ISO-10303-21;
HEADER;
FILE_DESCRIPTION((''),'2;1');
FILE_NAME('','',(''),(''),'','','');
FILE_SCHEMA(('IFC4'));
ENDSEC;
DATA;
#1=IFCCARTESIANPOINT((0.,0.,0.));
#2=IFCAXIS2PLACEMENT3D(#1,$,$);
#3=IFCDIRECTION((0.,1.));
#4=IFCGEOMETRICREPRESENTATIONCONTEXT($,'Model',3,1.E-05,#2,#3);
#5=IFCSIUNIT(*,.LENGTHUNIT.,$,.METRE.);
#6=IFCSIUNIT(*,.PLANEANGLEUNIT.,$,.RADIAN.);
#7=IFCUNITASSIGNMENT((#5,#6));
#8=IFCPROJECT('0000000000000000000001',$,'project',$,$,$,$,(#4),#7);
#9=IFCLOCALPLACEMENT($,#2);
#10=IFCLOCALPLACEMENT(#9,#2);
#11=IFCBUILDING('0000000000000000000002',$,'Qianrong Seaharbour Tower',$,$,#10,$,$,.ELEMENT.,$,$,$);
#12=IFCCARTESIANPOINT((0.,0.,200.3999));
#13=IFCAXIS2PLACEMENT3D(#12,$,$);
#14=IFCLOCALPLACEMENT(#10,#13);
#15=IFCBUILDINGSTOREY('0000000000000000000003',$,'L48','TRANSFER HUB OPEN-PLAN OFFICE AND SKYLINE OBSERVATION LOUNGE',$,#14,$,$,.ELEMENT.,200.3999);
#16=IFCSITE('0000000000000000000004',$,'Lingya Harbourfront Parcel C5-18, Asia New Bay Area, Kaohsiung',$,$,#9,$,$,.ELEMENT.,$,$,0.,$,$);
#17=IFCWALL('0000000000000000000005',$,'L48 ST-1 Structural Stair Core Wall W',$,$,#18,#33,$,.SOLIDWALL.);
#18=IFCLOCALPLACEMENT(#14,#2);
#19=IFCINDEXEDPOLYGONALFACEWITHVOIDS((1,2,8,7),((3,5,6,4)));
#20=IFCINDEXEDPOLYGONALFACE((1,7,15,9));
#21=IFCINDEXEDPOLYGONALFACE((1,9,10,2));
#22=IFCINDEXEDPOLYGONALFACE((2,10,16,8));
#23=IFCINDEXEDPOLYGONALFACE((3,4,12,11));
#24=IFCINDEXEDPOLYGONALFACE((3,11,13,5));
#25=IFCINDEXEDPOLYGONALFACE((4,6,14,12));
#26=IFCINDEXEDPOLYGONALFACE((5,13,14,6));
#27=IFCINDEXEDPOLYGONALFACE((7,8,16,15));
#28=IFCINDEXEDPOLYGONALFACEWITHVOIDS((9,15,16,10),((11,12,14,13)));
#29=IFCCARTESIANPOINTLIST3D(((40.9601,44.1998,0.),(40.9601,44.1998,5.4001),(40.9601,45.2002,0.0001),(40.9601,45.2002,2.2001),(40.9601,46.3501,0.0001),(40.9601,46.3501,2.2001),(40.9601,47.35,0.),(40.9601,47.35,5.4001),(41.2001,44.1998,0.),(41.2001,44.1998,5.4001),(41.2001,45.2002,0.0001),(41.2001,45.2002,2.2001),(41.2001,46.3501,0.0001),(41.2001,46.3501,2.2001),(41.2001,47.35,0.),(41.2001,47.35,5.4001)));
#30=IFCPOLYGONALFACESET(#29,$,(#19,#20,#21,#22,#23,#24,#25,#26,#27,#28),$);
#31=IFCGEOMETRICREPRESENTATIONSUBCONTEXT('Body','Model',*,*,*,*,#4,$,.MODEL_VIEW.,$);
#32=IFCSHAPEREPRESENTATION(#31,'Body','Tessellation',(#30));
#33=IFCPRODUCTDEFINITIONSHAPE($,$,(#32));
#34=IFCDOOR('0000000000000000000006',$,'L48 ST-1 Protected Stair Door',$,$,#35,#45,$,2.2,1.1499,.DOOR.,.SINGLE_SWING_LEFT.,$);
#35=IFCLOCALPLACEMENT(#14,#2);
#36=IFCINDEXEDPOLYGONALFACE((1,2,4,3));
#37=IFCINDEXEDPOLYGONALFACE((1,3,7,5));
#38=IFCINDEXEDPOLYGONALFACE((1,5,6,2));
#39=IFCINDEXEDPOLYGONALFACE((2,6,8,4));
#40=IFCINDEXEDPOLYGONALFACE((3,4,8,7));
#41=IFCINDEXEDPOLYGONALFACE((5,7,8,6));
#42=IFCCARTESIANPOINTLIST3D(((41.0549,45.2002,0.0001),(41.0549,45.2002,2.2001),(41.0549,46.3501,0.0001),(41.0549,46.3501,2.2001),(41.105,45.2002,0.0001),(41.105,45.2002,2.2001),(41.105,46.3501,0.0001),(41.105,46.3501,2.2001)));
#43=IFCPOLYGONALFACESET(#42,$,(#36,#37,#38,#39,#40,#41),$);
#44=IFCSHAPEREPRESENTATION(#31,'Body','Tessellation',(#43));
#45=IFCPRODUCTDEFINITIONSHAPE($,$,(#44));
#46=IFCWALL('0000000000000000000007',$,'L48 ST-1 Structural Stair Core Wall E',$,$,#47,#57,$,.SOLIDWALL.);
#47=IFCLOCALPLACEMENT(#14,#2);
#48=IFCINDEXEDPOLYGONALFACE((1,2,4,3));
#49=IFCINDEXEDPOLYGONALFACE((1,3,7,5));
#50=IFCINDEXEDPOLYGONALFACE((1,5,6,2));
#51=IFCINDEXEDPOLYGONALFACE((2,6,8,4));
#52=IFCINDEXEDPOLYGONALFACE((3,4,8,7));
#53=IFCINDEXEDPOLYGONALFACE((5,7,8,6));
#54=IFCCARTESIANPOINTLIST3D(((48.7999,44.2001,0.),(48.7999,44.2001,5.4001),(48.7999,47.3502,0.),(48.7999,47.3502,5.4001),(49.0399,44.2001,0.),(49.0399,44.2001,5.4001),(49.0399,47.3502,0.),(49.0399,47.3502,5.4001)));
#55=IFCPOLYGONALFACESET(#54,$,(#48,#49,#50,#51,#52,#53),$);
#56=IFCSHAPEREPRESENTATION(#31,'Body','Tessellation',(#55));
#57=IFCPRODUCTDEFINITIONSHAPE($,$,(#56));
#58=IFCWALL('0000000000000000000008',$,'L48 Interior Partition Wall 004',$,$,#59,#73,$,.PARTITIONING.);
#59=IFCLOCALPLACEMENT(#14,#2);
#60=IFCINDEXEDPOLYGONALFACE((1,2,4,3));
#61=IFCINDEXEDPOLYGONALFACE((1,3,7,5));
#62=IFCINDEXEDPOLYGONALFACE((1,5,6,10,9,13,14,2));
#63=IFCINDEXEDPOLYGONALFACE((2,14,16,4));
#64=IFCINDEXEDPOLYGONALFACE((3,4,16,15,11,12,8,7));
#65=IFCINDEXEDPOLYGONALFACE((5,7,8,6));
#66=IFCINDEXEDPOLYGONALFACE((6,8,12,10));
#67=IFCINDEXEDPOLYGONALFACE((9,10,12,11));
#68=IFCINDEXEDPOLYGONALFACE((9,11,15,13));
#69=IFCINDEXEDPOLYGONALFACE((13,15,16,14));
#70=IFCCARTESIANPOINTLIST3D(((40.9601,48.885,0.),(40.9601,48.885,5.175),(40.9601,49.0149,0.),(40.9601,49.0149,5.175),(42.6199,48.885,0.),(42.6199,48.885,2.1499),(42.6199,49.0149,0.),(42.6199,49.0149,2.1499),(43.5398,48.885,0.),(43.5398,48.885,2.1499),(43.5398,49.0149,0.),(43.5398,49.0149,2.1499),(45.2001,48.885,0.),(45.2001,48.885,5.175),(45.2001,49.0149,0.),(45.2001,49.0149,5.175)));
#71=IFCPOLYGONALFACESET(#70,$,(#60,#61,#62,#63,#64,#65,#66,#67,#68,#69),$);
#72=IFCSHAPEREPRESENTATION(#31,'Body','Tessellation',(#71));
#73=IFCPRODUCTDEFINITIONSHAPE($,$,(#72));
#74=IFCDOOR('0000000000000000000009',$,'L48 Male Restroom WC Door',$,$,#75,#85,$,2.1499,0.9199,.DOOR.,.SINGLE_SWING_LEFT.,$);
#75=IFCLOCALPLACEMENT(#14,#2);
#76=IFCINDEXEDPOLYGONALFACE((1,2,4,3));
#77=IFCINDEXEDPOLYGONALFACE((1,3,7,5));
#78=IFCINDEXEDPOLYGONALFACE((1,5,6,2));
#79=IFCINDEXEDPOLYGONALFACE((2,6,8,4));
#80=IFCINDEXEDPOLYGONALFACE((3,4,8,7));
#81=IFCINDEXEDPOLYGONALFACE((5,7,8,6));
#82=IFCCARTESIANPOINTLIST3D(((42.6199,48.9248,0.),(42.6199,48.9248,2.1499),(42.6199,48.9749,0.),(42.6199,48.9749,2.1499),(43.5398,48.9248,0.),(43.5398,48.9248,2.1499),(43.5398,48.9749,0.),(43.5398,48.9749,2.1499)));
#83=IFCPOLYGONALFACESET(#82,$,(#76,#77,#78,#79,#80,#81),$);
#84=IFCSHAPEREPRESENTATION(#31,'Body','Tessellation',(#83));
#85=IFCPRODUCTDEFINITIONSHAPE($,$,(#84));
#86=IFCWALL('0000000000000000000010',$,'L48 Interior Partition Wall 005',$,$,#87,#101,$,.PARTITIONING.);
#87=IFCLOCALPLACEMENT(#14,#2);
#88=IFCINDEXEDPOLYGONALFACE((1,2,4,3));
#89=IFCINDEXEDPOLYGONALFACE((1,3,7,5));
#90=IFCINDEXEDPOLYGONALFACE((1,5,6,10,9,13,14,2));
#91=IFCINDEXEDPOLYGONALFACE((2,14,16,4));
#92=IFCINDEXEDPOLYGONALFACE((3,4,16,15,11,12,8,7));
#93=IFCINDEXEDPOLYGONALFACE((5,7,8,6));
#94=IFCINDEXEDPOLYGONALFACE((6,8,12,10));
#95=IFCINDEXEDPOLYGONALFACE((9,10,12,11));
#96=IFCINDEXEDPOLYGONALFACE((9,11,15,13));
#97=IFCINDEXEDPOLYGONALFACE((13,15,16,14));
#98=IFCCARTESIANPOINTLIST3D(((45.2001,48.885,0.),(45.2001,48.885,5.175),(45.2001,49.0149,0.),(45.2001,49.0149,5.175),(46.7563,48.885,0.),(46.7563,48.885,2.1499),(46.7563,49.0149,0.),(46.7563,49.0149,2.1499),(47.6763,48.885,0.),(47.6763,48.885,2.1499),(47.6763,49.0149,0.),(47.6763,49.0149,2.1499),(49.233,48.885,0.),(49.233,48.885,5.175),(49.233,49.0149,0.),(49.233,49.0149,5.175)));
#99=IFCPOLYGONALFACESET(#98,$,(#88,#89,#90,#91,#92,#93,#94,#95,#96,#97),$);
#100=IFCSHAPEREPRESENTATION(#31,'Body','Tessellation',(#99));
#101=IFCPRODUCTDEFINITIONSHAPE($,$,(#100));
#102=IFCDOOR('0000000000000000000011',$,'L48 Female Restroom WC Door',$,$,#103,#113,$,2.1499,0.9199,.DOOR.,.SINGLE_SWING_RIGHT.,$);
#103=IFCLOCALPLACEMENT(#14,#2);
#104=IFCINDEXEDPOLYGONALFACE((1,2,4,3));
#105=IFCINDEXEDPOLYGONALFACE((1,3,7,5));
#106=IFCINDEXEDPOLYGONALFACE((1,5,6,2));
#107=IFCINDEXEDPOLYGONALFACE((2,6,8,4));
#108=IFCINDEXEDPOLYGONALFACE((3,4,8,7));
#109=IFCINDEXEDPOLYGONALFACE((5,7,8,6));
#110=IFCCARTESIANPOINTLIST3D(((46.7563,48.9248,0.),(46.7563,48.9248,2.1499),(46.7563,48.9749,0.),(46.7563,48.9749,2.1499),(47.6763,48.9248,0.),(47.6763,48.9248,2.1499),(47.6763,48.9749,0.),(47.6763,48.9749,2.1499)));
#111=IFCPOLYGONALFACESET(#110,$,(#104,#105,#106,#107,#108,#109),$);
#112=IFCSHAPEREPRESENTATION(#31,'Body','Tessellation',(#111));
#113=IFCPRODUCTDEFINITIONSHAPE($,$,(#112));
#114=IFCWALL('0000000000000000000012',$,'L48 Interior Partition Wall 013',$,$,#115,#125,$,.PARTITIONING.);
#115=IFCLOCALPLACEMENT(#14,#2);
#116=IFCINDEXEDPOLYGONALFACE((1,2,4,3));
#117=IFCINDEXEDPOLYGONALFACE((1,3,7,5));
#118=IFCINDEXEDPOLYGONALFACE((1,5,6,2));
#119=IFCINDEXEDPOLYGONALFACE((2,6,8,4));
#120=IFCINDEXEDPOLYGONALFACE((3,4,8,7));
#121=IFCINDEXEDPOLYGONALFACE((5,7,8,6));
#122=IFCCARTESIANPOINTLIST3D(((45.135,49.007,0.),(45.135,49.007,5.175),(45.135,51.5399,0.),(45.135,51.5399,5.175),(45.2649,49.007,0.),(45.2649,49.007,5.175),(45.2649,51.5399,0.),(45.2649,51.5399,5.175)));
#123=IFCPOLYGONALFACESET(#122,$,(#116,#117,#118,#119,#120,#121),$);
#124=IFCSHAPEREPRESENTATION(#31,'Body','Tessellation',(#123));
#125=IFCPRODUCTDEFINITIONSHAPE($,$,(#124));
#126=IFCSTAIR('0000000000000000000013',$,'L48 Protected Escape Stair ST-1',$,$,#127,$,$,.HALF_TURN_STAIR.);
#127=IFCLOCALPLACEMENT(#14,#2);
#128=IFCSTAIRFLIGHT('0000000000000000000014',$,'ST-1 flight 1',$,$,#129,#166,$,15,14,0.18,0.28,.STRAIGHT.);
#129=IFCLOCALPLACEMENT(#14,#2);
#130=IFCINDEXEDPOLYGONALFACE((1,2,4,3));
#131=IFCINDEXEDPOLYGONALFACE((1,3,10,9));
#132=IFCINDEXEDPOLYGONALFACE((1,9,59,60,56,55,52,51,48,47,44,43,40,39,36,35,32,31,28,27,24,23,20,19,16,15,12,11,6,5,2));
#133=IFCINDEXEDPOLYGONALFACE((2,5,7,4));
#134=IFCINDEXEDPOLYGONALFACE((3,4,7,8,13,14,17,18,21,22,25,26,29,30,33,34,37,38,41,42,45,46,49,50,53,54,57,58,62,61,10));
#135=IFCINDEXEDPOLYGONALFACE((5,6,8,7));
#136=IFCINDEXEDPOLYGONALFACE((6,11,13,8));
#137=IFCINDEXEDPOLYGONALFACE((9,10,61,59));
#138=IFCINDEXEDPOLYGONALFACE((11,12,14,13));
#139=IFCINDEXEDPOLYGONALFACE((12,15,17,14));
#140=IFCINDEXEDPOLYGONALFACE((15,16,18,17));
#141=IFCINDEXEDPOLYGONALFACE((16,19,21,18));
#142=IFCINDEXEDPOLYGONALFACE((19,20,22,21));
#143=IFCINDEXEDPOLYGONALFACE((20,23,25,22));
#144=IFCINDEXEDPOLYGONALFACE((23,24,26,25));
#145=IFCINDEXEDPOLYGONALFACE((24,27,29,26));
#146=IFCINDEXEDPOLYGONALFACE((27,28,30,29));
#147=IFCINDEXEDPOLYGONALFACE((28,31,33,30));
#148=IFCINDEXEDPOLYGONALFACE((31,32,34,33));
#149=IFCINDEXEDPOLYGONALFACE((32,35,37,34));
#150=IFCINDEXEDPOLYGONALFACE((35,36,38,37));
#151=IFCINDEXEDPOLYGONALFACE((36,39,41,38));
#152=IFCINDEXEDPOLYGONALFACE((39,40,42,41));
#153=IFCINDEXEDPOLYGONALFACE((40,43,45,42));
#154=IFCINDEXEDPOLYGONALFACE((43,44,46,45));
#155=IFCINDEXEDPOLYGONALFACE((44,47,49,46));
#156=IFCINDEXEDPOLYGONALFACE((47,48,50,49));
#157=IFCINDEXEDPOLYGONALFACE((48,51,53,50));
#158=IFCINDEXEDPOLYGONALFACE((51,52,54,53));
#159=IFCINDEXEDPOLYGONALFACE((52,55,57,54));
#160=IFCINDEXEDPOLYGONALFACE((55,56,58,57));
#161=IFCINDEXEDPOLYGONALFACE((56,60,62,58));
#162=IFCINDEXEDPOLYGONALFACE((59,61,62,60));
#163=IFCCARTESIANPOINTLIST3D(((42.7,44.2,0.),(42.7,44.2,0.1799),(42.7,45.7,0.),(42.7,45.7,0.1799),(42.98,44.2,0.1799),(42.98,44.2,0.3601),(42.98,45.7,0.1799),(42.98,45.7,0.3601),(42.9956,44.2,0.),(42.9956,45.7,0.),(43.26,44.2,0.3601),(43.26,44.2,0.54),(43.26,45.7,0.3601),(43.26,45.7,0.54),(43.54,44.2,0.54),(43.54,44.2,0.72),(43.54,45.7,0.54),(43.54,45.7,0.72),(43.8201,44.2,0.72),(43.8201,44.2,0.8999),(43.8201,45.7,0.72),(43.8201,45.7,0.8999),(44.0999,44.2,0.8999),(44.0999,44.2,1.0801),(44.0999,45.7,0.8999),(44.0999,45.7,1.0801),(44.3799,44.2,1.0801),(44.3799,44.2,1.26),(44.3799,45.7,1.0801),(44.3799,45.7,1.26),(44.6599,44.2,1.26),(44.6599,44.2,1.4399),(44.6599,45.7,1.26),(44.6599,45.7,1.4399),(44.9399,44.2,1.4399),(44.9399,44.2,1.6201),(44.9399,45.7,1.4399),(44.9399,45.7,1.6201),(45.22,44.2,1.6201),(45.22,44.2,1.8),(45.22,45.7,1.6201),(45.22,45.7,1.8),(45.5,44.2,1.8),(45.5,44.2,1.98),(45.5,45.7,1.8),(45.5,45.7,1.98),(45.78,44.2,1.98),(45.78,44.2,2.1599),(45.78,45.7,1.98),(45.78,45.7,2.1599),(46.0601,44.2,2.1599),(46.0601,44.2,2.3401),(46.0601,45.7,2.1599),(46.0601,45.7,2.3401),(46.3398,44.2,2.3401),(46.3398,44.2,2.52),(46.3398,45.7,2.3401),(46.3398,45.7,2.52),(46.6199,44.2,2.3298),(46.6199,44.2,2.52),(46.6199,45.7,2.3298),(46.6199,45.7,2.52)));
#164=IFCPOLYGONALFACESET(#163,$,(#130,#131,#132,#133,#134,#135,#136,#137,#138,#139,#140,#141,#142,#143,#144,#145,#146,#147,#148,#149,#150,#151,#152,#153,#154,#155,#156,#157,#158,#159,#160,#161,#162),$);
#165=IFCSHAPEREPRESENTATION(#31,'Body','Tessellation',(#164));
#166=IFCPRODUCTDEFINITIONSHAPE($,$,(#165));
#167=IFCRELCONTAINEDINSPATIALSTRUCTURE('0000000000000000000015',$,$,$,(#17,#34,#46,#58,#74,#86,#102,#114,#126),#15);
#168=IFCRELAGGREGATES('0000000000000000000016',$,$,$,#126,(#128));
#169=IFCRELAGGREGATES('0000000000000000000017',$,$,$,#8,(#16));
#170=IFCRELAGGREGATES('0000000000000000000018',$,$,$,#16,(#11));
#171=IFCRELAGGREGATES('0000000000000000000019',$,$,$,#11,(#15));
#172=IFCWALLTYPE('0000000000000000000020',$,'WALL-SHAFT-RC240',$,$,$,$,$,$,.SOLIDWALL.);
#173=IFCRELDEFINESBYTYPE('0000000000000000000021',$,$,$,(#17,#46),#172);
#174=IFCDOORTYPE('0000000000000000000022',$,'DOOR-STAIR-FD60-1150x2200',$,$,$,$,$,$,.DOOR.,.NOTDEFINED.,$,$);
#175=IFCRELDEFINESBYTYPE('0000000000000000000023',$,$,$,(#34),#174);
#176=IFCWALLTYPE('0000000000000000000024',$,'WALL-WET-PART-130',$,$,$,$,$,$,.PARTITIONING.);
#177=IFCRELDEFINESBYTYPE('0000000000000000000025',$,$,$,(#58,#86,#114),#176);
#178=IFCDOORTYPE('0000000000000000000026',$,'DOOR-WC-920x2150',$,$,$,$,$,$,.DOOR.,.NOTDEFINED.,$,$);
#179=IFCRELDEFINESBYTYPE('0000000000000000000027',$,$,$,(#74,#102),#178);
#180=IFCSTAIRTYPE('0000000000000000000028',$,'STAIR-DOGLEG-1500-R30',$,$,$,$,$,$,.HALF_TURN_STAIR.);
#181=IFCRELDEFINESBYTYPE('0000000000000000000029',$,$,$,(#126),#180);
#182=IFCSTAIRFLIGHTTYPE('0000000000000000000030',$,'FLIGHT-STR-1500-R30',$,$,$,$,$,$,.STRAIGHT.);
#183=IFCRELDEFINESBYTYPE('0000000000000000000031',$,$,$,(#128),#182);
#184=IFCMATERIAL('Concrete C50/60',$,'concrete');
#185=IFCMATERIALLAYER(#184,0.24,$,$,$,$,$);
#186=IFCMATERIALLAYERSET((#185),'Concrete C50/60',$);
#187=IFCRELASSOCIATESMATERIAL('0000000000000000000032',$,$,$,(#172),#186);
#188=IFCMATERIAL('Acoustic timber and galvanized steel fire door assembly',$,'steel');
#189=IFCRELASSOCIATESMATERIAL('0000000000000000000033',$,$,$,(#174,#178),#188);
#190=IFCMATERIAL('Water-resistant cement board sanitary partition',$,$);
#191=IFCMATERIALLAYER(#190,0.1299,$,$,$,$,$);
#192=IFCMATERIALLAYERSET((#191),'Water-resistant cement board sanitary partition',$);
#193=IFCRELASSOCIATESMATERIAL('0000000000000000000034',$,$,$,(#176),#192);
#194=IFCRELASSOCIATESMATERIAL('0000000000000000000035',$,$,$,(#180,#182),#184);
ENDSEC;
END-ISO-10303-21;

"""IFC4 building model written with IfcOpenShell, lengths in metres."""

from ifc_helpers import new_model, si_unit, direction, frame, frame_2d, origin, place, context, subcontext, project, spatial, polyline, rectangle, outline, extrude, material, layer, layer_set, type_object, element, fill, aggregate, save


model = new_model("IFC4")

# Units and contexts
model_context = context("Model", 3, precision=1e-05, world=origin(), true_north=direction((0.0, 1.0)))
body_context = subcontext(model_context, "Body", "Model", "MODEL_VIEW")
ifc_project = project(units=[si_unit("LENGTHUNIT", "METRE"), si_unit("PLANEANGLEUNIT", "RADIAN")], contexts=[model_context])

# Site, building, storey
site_placement = place(None, origin())
site = spatial("IfcSite", under=ifc_project, at=site_placement, Name="Lingya Harbourfront Parcel C5-18, Asia New Bay Area, Kaohsiung", CompositionType="ELEMENT", RefElevation=0.0)
building_placement = place(site_placement, origin())
building = spatial("IfcBuilding", under=site, at=building_placement, Name="Qianrong Seaharbour Tower", CompositionType="ELEMENT")
storey_placement = place(building_placement, frame((0.0, 0.0, 200.3999)))
storey = spatial("IfcBuildingStorey", under=building, at=storey_placement, Name="L48", Description="TRANSFER HUB OPEN-PLAN OFFICE AND SKYLINE OBSERVATION LOUNGE", CompositionType="ELEMENT", Elevation=200.3999)

# Shared definitions
ifc_material_1 = material(Name="Concrete C50/60", Category="concrete")

# Shared definitions
ifc_material_2 = material(Name="Acoustic timber and galvanized steel fire door assembly", Category="steel")

# Shared definitions
ifc_layer_1 = layer(ifc_material_1, 0.24)
ifc_layer_set_1 = layer_set([ifc_layer_1], Name="Concrete C50/60")
wall_type_1 = type_object("IfcWallType", Name="WALL-SHAFT-RC240", PredefinedType="SOLIDWALL", material=ifc_layer_set_1)

# Wall, opening, door
wall_1_placement = place(storey_placement, frame((41.0801, 47.3501, 0.0), z_axis=(0.0, 0.0, 1.0), x_axis=(0.0, -1.0, 0.0)))
wall_1 = element("IfcWall", 1, at=wall_1_placement, inside=storey, type_object=wall_type_1, Name="L48 ST-1 Structural Stair Core Wall W", PredefinedType="SOLIDWALL", context=body_context, shape_type="SweptSolid", body=[
    extrude(rectangle(XDim=3.1501, YDim=0.24, at=frame_2d((1.5752, 0.0))), origin(), (0.0, 0.0, 1.0), 5.4001),
])
opening_1_placement = place(wall_1_placement, frame((1.0, 0.0, 0.0)))
opening_1 = element("IfcOpeningElement", 2, at=opening_1_placement, cuts=wall_1, PredefinedType="OPENING", context=body_context, shape_type="SweptSolid", body=[
    extrude(rectangle(XDim=1.1499, YDim=2.2, at=frame_2d((0.575, 1.1001))), frame((0.0, 0.1299, 0.0), z_axis=(0.0, -1.0, 0.0), x_axis=(1.0, 0.0, 0.0)), (0.0, 0.0, 1.0), 0.26),
])
door_type_1 = type_object("IfcDoorType", Name="DOOR-STAIR-FD60-1150x2200", OperationType="NOTDEFINED", PredefinedType="DOOR", material=ifc_material_2)
door_1_placement = place(opening_1_placement, origin())
door_1 = element("IfcDoor", 3, at=door_1_placement, inside=storey, type_object=door_type_1, Name="L48 ST-1 Protected Stair Door", OperationType="SINGLE_SWING_LEFT", OverallHeight=2.2, OverallWidth=1.1499, PredefinedType="DOOR", context=body_context, shape_type="SweptSolid", body=[
    extrude(rectangle(XDim=1.1499, YDim=2.2, at=frame_2d((0.575, 1.1001))), frame((0.0, 0.0249, 0.0), z_axis=(0.0, -1.0, 0.0), x_axis=(1.0, 0.0, 0.0)), (0.0, 0.0, 1.0), 0.05),
])
fill(opening_1, door_1)

# Wall
wall_2_placement = place(storey_placement, frame((48.9199, 44.2, 0.0), z_axis=(0.0, 0.0, 1.0), x_axis=(0.0, 1.0, 0.0)))
element("IfcWall", 4, at=wall_2_placement, inside=storey, type_object=wall_type_1, Name="L48 ST-1 Structural Stair Core Wall E", PredefinedType="SOLIDWALL", context=body_context, shape_type="SweptSolid", body=[
    extrude(rectangle(XDim=3.1501, YDim=0.24, at=frame_2d((1.5752, 0.0))), origin(), (0.0, 0.0, 1.0), 5.4001),
])

# Walls, openings, doors
ifc_material_3 = material(Name="Water-resistant cement board sanitary partition")
ifc_layer_2 = layer(ifc_material_3, 0.1299)
ifc_layer_set_2 = layer_set([ifc_layer_2], Name="Water-resistant cement board sanitary partition")
wall_type_2 = type_object("IfcWallType", Name="WALL-WET-PART-130", PredefinedType="PARTITIONING", material=ifc_layer_set_2)
wall_3_placement = place(storey_placement, frame((40.96, 48.95, 0.0), z_axis=(0.0, 0.0, 1.0), x_axis=(1.0, 0.0, 0.0)))
wall_3 = element("IfcWall", 5, at=wall_3_placement, inside=storey, type_object=wall_type_2, Name="L48 Interior Partition Wall 004", PredefinedType="PARTITIONING", context=body_context, shape_type="SweptSolid", body=[
    extrude(rectangle(XDim=4.24, YDim=0.1299, at=frame_2d((2.1201, 0.0))), origin(), (0.0, 0.0, 1.0), 5.175),
])
opening_2_placement = place(wall_3_placement, frame((1.6599, 0.0, 0.0)))
opening_2 = element("IfcOpeningElement", 6, at=opening_2_placement, cuts=wall_3, PredefinedType="OPENING", context=body_context, shape_type="SweptSolid", body=[
    extrude(rectangle(XDim=0.9199, YDim=2.1499, at=frame_2d((0.46, 1.075))), frame((0.0, 0.075, 0.0), z_axis=(0.0, -1.0, 0.0), x_axis=(1.0, 0.0, 0.0)), (0.0, 0.0, 1.0), 0.1499),
])
door_type_2 = type_object("IfcDoorType", Name="DOOR-WC-920x2150", OperationType="NOTDEFINED", PredefinedType="DOOR", material=ifc_material_2)
door_2_placement = place(opening_2_placement, origin())
door_2 = element("IfcDoor", 7, at=door_2_placement, inside=storey, type_object=door_type_2, Name="L48 Male Restroom WC Door", OperationType="SINGLE_SWING_LEFT", OverallHeight=2.1499, OverallWidth=0.9199, PredefinedType="DOOR", context=body_context, shape_type="SweptSolid", body=[
    extrude(rectangle(XDim=0.9199, YDim=2.1499, at=frame_2d((0.46, 1.075))), frame((0.0, 0.0249, 0.0), z_axis=(0.0, -1.0, 0.0), x_axis=(1.0, 0.0, 0.0)), (0.0, 0.0, 1.0), 0.05),
])
fill(opening_2, door_2)
wall_4_placement = place(storey_placement, frame((45.2, 48.95, 0.0), z_axis=(0.0, 0.0, 1.0), x_axis=(1.0, 0.0, 0.0)))
wall_4 = element("IfcWall", 8, at=wall_4_placement, inside=storey, type_object=wall_type_2, Name="L48 Interior Partition Wall 005", PredefinedType="PARTITIONING", context=body_context, shape_type="SweptSolid", body=[
    extrude(rectangle(XDim=4.033, YDim=0.1299, at=frame_2d((2.0166, 0.0))), origin(), (0.0, 0.0, 1.0), 5.175),
])
opening_3_placement = place(wall_4_placement, frame((1.5564, 0.0, 0.0)))
opening_3 = element("IfcOpeningElement", 9, at=opening_3_placement, cuts=wall_4, PredefinedType="OPENING", context=body_context, shape_type="SweptSolid", body=[
    extrude(rectangle(XDim=0.9199, YDim=2.1499, at=frame_2d((0.46, 1.075))), frame((0.0, 0.075, 0.0), z_axis=(0.0, -1.0, 0.0), x_axis=(1.0, 0.0, 0.0)), (0.0, 0.0, 1.0), 0.1499),
])
door_3_placement = place(opening_3_placement, origin())
door_3 = element("IfcDoor", 10, at=door_3_placement, inside=storey, type_object=door_type_2, Name="L48 Female Restroom WC Door", OperationType="SINGLE_SWING_RIGHT", OverallHeight=2.1499, OverallWidth=0.9199, PredefinedType="DOOR", context=body_context, shape_type="SweptSolid", body=[
    extrude(rectangle(XDim=0.9199, YDim=2.1499, at=frame_2d((0.46, 1.075))), frame((0.0, 0.0249, 0.0), z_axis=(0.0, -1.0, 0.0), x_axis=(1.0, 0.0, 0.0)), (0.0, 0.0, 1.0), 0.05),
])
fill(opening_3, door_3)

# Wall
wall_5_placement = place(storey_placement, frame((45.2, 51.54, 0.0), z_axis=(0.0, 0.0, 1.0), x_axis=(0.0, -1.0, 0.0)))
element("IfcWall", 11, at=wall_5_placement, inside=storey, type_object=wall_type_2, Name="L48 Interior Partition Wall 013", PredefinedType="PARTITIONING", context=body_context, shape_type="SweptSolid", body=[
    extrude(rectangle(XDim=2.533, YDim=0.1299, at=frame_2d((1.2666, 0.0))), origin(), (0.0, 0.0, 1.0), 5.175),
])

# Stair, stair flight
stair_type = type_object("IfcStairType", Name="STAIR-DOGLEG-1500-R30", PredefinedType="HALF_TURN_STAIR", material=ifc_material_1)
stair_placement = place(storey_placement, origin())
stair = element("IfcStair", 12, at=stair_placement, inside=storey, type_object=stair_type, Name="L48 Protected Escape Stair ST-1", PredefinedType="HALF_TURN_STAIR")
stair_flight_type = type_object("IfcStairFlightType", Name="FLIGHT-STR-1500-R30", PredefinedType="STRAIGHT", material=ifc_material_1)
stair_flight_1_placement = place(storey_placement, frame((42.7, 44.95, 0.0), z_axis=(0.0, 0.0, 1.0), x_axis=(1.0, 0.0, 0.0)))
stair_flight_1 = element("IfcStairFlight", 13, at=stair_flight_1_placement, type_object=stair_flight_type, Name="ST-1 flight 1", NumberOfRisers=15, NumberOfTreads=14, PredefinedType="STRAIGHT", RiserHeight=0.18, TreadLength=0.28, context=body_context, shape_type="SweptSolid", body=[
    extrude(outline(polyline([(0.0, 0.0), (0.0, 0.1799), (0.28, 0.1799), (0.28, 0.3601), (0.5601, 0.3601), (0.5601, 0.54), (0.8401, 0.54), (0.8401, 0.72), (1.1201, 0.72), (1.1201, 0.8999), (1.3999, 0.8999), (1.3999, 1.0801), (1.6799, 1.0801), (1.6799, 1.26), (1.96, 1.26), (1.96, 1.4399), (2.24, 1.4399), (2.24, 1.6201), (2.52, 1.6201), (2.52, 1.8), (2.8, 1.8), (2.8, 1.98), (3.0801, 1.98), (3.0801, 2.1599), (3.3601, 2.1599), (3.3601, 2.3401), (3.6399, 2.3401), (3.6399, 2.52), (3.9199, 2.52), (3.9199, 2.7), (3.9199, 2.3298), (0.2957, 0.0), (0.0, 0.0)])), frame((0.0, 0.75, 0.0), z_axis=(0.0, -1.0, 0.0), x_axis=(1.0, 0.0, 0.0)), (0.0, 0.0, 1.0), 1.5),
])
aggregate(stair, [stair_flight_1])

save(model, "model.ifc")
